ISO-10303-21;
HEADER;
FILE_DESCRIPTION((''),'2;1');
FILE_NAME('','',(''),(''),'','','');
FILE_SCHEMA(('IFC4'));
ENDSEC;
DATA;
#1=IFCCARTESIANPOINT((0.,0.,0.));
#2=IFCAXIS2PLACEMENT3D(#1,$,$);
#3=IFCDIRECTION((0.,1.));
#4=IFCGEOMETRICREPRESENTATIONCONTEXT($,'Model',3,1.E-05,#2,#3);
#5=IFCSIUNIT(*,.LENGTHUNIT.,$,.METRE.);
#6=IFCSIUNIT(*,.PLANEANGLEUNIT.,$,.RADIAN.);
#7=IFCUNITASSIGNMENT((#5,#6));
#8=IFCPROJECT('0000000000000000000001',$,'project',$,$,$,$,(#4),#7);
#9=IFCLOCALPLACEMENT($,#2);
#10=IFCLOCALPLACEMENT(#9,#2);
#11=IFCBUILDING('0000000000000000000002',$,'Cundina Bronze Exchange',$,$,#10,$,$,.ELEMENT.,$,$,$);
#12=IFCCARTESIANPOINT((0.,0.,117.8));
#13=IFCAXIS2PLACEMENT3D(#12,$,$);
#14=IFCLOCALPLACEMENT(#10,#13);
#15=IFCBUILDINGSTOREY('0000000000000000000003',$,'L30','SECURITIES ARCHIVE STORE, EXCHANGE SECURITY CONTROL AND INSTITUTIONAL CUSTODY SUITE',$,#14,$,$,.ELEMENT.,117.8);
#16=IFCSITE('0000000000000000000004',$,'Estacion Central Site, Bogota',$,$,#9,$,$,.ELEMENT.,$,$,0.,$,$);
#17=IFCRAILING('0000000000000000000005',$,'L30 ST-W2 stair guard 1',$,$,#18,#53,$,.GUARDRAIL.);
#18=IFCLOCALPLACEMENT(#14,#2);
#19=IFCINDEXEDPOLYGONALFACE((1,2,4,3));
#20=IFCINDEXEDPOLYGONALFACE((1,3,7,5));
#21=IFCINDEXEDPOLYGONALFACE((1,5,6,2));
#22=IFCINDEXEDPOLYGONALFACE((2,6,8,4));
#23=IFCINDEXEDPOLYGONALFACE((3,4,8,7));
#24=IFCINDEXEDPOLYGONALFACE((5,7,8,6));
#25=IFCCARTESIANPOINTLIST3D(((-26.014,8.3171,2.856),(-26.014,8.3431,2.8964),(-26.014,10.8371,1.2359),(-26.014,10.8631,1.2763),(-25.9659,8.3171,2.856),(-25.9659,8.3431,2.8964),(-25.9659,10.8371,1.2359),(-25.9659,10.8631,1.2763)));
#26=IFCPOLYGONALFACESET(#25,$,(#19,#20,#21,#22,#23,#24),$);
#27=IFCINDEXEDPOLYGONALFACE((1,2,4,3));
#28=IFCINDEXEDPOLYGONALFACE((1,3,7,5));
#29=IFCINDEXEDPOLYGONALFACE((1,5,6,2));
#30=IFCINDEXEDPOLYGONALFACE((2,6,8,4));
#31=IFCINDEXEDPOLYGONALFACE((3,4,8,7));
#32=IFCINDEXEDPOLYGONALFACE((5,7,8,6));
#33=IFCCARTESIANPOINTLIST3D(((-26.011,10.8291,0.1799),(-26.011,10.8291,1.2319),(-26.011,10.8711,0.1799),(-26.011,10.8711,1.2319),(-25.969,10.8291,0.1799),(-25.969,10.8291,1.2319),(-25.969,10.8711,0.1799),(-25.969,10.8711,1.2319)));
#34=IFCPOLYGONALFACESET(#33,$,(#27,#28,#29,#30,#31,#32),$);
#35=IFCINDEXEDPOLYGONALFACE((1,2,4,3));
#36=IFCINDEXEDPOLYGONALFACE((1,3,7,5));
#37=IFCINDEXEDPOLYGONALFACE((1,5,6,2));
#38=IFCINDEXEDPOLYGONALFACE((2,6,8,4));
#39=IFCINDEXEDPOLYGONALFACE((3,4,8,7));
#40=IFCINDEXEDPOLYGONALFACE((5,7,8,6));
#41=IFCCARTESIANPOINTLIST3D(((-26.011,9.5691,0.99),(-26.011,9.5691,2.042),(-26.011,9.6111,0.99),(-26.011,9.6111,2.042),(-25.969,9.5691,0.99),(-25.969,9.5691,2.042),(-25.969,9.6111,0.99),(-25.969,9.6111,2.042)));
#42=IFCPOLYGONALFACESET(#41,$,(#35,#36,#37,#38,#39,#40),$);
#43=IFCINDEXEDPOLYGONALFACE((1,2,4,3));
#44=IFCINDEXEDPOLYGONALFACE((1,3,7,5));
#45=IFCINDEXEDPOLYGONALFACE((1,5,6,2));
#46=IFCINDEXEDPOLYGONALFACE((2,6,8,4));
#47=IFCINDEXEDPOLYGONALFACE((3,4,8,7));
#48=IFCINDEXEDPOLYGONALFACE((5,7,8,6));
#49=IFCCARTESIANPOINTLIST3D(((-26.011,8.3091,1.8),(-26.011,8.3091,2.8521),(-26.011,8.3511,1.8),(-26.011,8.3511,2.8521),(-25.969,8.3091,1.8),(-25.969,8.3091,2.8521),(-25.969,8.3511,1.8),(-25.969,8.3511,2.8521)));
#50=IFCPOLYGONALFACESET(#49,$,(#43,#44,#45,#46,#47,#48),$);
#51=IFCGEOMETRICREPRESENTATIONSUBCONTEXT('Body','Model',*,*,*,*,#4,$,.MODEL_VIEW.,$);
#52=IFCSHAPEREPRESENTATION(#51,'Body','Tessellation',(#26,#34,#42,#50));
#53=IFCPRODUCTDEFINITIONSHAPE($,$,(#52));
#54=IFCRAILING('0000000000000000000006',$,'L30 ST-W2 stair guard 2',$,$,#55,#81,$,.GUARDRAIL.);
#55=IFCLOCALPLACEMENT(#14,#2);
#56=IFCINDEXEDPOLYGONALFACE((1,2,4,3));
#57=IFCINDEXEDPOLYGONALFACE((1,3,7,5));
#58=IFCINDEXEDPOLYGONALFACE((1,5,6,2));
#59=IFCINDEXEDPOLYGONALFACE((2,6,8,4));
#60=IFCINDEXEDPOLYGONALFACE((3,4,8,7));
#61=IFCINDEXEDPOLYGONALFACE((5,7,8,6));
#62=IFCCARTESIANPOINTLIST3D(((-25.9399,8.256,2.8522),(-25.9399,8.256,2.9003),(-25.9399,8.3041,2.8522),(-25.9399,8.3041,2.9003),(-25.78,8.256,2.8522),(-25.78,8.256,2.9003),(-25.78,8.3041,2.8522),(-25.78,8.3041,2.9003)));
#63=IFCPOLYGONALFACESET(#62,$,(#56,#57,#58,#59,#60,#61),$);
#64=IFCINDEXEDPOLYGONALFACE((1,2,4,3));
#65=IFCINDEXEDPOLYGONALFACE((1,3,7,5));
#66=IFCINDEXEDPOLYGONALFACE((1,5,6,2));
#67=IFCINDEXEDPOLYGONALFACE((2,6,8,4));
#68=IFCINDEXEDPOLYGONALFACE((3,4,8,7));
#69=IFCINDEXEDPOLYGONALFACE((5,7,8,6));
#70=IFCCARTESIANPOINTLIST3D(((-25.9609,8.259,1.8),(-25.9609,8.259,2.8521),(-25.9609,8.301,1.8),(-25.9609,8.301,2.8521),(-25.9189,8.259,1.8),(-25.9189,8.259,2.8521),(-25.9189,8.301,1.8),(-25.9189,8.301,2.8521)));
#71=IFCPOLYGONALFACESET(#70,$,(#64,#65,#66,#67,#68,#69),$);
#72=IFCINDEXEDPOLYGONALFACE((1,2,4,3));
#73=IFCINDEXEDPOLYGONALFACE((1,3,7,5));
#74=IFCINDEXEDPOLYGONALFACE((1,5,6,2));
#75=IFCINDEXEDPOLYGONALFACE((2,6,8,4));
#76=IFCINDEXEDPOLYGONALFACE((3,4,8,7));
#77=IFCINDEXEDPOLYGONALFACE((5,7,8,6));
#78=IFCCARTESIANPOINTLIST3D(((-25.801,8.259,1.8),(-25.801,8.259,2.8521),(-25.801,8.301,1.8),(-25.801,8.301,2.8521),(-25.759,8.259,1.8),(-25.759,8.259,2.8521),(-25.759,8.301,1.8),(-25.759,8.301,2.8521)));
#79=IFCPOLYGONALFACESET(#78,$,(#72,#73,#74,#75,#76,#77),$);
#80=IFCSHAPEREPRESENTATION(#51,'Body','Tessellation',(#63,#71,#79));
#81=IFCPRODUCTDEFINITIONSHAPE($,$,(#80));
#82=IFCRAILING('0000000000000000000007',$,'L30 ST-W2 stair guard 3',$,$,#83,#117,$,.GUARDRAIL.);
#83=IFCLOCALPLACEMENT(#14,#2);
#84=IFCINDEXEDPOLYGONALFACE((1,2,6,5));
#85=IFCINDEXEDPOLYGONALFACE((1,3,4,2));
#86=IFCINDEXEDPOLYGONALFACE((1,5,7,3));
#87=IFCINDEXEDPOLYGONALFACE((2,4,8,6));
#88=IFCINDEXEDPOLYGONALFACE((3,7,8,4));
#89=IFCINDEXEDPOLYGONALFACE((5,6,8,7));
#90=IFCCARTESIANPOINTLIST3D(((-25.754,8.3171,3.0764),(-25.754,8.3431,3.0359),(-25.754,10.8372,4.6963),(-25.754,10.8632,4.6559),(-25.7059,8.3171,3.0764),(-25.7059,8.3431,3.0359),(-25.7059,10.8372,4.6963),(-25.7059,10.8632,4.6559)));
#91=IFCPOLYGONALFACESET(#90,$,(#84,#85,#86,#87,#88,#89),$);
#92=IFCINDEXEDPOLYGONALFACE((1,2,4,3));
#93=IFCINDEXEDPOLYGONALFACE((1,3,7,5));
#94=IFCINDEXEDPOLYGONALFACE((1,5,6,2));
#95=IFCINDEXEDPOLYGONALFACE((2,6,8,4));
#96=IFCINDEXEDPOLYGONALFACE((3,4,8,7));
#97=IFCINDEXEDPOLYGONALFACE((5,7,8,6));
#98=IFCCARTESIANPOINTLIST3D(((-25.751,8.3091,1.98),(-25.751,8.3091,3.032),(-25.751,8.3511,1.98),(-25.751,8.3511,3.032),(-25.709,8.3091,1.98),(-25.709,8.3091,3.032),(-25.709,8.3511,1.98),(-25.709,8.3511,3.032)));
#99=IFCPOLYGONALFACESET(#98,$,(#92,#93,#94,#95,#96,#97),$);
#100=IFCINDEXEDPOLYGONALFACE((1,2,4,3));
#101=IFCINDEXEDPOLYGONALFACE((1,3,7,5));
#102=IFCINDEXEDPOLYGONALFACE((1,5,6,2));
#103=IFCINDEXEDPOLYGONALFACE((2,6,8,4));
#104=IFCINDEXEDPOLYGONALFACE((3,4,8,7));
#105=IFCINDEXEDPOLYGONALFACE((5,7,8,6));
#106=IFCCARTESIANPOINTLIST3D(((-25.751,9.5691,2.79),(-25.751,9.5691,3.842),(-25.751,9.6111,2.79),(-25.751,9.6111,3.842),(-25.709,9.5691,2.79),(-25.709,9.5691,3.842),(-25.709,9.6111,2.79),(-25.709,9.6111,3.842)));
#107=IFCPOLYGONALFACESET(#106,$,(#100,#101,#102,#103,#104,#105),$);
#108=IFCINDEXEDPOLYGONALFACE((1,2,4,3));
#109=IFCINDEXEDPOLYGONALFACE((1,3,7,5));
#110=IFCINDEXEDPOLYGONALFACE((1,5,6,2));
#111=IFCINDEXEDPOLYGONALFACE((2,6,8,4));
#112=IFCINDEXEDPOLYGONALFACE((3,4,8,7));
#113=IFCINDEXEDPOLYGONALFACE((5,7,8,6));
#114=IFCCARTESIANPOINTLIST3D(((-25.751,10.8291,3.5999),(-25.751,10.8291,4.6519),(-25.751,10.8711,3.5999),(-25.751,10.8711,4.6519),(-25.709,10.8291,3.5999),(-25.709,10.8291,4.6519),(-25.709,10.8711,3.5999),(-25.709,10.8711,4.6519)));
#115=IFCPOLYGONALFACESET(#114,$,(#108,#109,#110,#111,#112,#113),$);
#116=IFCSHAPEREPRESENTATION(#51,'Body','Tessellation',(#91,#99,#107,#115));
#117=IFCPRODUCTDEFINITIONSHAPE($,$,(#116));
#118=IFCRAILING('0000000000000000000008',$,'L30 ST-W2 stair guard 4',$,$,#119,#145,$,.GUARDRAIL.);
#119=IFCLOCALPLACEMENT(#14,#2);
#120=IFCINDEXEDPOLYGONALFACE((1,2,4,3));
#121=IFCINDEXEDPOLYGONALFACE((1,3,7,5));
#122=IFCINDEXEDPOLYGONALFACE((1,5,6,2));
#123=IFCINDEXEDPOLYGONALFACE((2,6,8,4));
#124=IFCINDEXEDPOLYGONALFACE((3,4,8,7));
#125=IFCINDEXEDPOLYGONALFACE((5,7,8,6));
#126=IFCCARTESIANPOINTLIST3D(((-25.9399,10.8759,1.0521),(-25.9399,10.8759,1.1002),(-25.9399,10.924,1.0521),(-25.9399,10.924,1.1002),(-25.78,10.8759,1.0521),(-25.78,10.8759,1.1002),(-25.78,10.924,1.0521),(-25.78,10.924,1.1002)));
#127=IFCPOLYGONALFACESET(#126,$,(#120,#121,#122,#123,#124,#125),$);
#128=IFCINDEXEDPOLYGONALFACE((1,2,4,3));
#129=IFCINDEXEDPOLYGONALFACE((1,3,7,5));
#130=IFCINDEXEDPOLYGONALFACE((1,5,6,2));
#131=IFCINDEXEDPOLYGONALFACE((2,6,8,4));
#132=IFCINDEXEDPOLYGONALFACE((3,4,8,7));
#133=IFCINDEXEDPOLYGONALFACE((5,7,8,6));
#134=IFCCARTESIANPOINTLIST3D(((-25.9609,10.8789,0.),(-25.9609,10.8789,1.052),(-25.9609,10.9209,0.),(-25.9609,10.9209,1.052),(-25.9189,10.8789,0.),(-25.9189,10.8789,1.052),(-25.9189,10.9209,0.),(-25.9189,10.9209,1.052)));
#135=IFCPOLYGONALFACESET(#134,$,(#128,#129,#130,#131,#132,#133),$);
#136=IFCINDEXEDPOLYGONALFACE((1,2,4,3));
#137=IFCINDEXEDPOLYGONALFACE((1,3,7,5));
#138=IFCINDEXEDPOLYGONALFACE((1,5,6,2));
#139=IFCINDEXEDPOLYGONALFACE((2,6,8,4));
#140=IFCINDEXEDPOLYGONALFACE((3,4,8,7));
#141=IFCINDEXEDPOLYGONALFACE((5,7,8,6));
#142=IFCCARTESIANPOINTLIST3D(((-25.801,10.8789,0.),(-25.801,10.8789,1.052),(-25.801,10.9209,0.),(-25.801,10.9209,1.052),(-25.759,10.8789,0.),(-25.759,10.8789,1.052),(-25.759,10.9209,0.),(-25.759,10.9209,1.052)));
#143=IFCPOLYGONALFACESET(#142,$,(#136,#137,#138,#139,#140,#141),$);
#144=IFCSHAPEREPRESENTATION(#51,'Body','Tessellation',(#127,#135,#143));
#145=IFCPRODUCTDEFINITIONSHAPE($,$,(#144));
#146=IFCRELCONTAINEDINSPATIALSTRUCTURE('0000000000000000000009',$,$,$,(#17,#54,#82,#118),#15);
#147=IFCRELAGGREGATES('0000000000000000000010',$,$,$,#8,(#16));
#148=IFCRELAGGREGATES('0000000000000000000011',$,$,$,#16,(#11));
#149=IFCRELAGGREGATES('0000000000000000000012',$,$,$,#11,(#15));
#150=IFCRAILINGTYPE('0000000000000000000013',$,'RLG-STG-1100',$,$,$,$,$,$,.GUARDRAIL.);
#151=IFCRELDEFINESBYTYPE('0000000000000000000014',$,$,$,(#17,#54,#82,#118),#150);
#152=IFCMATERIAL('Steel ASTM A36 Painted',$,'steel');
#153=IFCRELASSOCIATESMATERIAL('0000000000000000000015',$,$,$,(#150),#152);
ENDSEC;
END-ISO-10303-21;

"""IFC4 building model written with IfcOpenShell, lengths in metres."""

from ifc_helpers import new_model, si_unit, direction, frame, origin, origin_2d, place, context, subcontext, project, spatial, rectangle, extrude, material, type_object, element, save


model = new_model("IFC4")

# Units and contexts
model_context = context("Model", 3, precision=1e-05, world=origin(), true_north=direction((0.0, 1.0)))
body_context = subcontext(model_context, "Body", "Model", "MODEL_VIEW")
ifc_project = project(units=[si_unit("LENGTHUNIT", "METRE"), si_unit("PLANEANGLEUNIT", "RADIAN")], contexts=[model_context])

# Site, building, storey
site_placement = place(None, origin())
site = spatial("IfcSite", under=ifc_project, at=site_placement, Name="Estacion Central Site, Bogota", CompositionType="ELEMENT", RefElevation=0.0)
building_placement = place(site_placement, origin())
building = spatial("IfcBuilding", under=site, at=building_placement, Name="Cundina Bronze Exchange", CompositionType="ELEMENT")
storey_placement = place(building_placement, frame((0.0, 0.0, 117.8)))
storey = spatial("IfcBuildingStorey", under=building, at=storey_placement, Name="L30", Description="SECURITIES ARCHIVE STORE, EXCHANGE SECURITY CONTROL AND INSTITUTIONAL CUSTODY SUITE", CompositionType="ELEMENT", Elevation=117.8)

# Shared definitions
ifc_material_1 = material(Name="Steel ASTM A36 Painted", Category="steel")

# Railings
railing_type_1 = type_object("IfcRailingType", Name="RLG-STG-1100", PredefinedType="GUARDRAIL", material=ifc_material_1)
railing_1_placement = place(storey_placement, frame((-25.99, 10.8501, 0.1799)))
element("IfcRailing", 1, at=railing_1_placement, inside=storey, type_object=railing_type_1, Name="L30 ST-W2 stair guard 1", PredefinedType="GUARDRAIL", context=body_context, shape_type="SweptSolid", body=[
    extrude(rectangle(XDim=0.0481, YDim=0.0481, at=origin_2d()), frame((0.0, 0.0, 1.0762), z_axis=(0.0, -0.841163, 0.540782), x_axis=(1.0, 0.0, 0.0)), (0.0, 0.0, 1.0), 2.9958),
    extrude(rectangle(XDim=0.042, YDim=0.042, at=origin_2d()), origin(), (0.0, 0.0, 1.0), 1.052),
    extrude(rectangle(XDim=0.042, YDim=0.042, at=origin_2d()), frame((0.0, -1.26, 0.8101)), (0.0, 0.0, 1.0), 1.052),
    extrude(rectangle(XDim=0.042, YDim=0.042, at=origin_2d()), frame((0.0, -2.52, 1.6201)), (0.0, 0.0, 1.0), 1.052),
])
railing_2_placement = place(storey_placement, frame((-25.9399, 8.28, 1.8)))
element("IfcRailing", 2, at=railing_2_placement, inside=storey, type_object=railing_type_1, Name="L30 ST-W2 stair guard 2", PredefinedType="GUARDRAIL", context=body_context, shape_type="SweptSolid", body=[
    extrude(rectangle(XDim=0.0481, YDim=0.0481, at=origin_2d()), frame((0.0, 0.0, 1.0762), z_axis=(1.0, 0.0, 0.0), x_axis=(0.0, 1.0, 0.0)), (0.0, 0.0, 1.0), 0.1599),
    extrude(rectangle(XDim=0.042, YDim=0.042, at=origin_2d()), origin(), (0.0, 0.0, 1.0), 1.052),
    extrude(rectangle(XDim=0.042, YDim=0.042, at=origin_2d()), frame((0.1599, 0.0, 0.0)), (0.0, 0.0, 1.0), 1.052),
])
railing_3_placement = place(storey_placement, frame((-25.73, 8.3301, 1.98)))
element("IfcRailing", 3, at=railing_3_placement, inside=storey, type_object=railing_type_1, Name="L30 ST-W2 stair guard 3", PredefinedType="GUARDRAIL", context=body_context, shape_type="SweptSolid", body=[
    extrude(rectangle(XDim=0.0481, YDim=0.0481, at=origin_2d()), frame((0.0, 0.0, 1.0762), z_axis=(0.0, 0.8412, 0.540725), x_axis=(-1.0, 0.0, 0.0)), (0.0, 0.0, 1.0), 2.9958),
    extrude(rectangle(XDim=0.042, YDim=0.042, at=origin_2d()), origin(), (0.0, 0.0, 1.0), 1.052),
    extrude(rectangle(XDim=0.042, YDim=0.042, at=origin_2d()), frame((0.0, 1.26, 0.8101)), (0.0, 0.0, 1.0), 1.052),
    extrude(rectangle(XDim=0.042, YDim=0.042, at=origin_2d()), frame((0.0, 2.52, 1.6199)), (0.0, 0.0, 1.0), 1.052),
])
railing_4_placement = place(storey_placement, frame((-25.9399, 10.8999, 0.0)))
element("IfcRailing", 4, at=railing_4_placement, inside=storey, type_object=railing_type_1, Name="L30 ST-W2 stair guard 4", PredefinedType="GUARDRAIL", context=body_context, shape_type="SweptSolid", body=[
    extrude(rectangle(XDim=0.0481, YDim=0.0481, at=origin_2d()), frame((0.0, 0.0, 1.0762), z_axis=(1.0, 0.0, 0.0), x_axis=(0.0, 1.0, 0.0)), (0.0, 0.0, 1.0), 0.1599),
    extrude(rectangle(XDim=0.042, YDim=0.042, at=origin_2d()), origin(), (0.0, 0.0, 1.0), 1.052),
    extrude(rectangle(XDim=0.042, YDim=0.042, at=origin_2d()), frame((0.1599, 0.0, 0.0)), (0.0, 0.0, 1.0), 1.052),
])

save(model, "model.ifc")
